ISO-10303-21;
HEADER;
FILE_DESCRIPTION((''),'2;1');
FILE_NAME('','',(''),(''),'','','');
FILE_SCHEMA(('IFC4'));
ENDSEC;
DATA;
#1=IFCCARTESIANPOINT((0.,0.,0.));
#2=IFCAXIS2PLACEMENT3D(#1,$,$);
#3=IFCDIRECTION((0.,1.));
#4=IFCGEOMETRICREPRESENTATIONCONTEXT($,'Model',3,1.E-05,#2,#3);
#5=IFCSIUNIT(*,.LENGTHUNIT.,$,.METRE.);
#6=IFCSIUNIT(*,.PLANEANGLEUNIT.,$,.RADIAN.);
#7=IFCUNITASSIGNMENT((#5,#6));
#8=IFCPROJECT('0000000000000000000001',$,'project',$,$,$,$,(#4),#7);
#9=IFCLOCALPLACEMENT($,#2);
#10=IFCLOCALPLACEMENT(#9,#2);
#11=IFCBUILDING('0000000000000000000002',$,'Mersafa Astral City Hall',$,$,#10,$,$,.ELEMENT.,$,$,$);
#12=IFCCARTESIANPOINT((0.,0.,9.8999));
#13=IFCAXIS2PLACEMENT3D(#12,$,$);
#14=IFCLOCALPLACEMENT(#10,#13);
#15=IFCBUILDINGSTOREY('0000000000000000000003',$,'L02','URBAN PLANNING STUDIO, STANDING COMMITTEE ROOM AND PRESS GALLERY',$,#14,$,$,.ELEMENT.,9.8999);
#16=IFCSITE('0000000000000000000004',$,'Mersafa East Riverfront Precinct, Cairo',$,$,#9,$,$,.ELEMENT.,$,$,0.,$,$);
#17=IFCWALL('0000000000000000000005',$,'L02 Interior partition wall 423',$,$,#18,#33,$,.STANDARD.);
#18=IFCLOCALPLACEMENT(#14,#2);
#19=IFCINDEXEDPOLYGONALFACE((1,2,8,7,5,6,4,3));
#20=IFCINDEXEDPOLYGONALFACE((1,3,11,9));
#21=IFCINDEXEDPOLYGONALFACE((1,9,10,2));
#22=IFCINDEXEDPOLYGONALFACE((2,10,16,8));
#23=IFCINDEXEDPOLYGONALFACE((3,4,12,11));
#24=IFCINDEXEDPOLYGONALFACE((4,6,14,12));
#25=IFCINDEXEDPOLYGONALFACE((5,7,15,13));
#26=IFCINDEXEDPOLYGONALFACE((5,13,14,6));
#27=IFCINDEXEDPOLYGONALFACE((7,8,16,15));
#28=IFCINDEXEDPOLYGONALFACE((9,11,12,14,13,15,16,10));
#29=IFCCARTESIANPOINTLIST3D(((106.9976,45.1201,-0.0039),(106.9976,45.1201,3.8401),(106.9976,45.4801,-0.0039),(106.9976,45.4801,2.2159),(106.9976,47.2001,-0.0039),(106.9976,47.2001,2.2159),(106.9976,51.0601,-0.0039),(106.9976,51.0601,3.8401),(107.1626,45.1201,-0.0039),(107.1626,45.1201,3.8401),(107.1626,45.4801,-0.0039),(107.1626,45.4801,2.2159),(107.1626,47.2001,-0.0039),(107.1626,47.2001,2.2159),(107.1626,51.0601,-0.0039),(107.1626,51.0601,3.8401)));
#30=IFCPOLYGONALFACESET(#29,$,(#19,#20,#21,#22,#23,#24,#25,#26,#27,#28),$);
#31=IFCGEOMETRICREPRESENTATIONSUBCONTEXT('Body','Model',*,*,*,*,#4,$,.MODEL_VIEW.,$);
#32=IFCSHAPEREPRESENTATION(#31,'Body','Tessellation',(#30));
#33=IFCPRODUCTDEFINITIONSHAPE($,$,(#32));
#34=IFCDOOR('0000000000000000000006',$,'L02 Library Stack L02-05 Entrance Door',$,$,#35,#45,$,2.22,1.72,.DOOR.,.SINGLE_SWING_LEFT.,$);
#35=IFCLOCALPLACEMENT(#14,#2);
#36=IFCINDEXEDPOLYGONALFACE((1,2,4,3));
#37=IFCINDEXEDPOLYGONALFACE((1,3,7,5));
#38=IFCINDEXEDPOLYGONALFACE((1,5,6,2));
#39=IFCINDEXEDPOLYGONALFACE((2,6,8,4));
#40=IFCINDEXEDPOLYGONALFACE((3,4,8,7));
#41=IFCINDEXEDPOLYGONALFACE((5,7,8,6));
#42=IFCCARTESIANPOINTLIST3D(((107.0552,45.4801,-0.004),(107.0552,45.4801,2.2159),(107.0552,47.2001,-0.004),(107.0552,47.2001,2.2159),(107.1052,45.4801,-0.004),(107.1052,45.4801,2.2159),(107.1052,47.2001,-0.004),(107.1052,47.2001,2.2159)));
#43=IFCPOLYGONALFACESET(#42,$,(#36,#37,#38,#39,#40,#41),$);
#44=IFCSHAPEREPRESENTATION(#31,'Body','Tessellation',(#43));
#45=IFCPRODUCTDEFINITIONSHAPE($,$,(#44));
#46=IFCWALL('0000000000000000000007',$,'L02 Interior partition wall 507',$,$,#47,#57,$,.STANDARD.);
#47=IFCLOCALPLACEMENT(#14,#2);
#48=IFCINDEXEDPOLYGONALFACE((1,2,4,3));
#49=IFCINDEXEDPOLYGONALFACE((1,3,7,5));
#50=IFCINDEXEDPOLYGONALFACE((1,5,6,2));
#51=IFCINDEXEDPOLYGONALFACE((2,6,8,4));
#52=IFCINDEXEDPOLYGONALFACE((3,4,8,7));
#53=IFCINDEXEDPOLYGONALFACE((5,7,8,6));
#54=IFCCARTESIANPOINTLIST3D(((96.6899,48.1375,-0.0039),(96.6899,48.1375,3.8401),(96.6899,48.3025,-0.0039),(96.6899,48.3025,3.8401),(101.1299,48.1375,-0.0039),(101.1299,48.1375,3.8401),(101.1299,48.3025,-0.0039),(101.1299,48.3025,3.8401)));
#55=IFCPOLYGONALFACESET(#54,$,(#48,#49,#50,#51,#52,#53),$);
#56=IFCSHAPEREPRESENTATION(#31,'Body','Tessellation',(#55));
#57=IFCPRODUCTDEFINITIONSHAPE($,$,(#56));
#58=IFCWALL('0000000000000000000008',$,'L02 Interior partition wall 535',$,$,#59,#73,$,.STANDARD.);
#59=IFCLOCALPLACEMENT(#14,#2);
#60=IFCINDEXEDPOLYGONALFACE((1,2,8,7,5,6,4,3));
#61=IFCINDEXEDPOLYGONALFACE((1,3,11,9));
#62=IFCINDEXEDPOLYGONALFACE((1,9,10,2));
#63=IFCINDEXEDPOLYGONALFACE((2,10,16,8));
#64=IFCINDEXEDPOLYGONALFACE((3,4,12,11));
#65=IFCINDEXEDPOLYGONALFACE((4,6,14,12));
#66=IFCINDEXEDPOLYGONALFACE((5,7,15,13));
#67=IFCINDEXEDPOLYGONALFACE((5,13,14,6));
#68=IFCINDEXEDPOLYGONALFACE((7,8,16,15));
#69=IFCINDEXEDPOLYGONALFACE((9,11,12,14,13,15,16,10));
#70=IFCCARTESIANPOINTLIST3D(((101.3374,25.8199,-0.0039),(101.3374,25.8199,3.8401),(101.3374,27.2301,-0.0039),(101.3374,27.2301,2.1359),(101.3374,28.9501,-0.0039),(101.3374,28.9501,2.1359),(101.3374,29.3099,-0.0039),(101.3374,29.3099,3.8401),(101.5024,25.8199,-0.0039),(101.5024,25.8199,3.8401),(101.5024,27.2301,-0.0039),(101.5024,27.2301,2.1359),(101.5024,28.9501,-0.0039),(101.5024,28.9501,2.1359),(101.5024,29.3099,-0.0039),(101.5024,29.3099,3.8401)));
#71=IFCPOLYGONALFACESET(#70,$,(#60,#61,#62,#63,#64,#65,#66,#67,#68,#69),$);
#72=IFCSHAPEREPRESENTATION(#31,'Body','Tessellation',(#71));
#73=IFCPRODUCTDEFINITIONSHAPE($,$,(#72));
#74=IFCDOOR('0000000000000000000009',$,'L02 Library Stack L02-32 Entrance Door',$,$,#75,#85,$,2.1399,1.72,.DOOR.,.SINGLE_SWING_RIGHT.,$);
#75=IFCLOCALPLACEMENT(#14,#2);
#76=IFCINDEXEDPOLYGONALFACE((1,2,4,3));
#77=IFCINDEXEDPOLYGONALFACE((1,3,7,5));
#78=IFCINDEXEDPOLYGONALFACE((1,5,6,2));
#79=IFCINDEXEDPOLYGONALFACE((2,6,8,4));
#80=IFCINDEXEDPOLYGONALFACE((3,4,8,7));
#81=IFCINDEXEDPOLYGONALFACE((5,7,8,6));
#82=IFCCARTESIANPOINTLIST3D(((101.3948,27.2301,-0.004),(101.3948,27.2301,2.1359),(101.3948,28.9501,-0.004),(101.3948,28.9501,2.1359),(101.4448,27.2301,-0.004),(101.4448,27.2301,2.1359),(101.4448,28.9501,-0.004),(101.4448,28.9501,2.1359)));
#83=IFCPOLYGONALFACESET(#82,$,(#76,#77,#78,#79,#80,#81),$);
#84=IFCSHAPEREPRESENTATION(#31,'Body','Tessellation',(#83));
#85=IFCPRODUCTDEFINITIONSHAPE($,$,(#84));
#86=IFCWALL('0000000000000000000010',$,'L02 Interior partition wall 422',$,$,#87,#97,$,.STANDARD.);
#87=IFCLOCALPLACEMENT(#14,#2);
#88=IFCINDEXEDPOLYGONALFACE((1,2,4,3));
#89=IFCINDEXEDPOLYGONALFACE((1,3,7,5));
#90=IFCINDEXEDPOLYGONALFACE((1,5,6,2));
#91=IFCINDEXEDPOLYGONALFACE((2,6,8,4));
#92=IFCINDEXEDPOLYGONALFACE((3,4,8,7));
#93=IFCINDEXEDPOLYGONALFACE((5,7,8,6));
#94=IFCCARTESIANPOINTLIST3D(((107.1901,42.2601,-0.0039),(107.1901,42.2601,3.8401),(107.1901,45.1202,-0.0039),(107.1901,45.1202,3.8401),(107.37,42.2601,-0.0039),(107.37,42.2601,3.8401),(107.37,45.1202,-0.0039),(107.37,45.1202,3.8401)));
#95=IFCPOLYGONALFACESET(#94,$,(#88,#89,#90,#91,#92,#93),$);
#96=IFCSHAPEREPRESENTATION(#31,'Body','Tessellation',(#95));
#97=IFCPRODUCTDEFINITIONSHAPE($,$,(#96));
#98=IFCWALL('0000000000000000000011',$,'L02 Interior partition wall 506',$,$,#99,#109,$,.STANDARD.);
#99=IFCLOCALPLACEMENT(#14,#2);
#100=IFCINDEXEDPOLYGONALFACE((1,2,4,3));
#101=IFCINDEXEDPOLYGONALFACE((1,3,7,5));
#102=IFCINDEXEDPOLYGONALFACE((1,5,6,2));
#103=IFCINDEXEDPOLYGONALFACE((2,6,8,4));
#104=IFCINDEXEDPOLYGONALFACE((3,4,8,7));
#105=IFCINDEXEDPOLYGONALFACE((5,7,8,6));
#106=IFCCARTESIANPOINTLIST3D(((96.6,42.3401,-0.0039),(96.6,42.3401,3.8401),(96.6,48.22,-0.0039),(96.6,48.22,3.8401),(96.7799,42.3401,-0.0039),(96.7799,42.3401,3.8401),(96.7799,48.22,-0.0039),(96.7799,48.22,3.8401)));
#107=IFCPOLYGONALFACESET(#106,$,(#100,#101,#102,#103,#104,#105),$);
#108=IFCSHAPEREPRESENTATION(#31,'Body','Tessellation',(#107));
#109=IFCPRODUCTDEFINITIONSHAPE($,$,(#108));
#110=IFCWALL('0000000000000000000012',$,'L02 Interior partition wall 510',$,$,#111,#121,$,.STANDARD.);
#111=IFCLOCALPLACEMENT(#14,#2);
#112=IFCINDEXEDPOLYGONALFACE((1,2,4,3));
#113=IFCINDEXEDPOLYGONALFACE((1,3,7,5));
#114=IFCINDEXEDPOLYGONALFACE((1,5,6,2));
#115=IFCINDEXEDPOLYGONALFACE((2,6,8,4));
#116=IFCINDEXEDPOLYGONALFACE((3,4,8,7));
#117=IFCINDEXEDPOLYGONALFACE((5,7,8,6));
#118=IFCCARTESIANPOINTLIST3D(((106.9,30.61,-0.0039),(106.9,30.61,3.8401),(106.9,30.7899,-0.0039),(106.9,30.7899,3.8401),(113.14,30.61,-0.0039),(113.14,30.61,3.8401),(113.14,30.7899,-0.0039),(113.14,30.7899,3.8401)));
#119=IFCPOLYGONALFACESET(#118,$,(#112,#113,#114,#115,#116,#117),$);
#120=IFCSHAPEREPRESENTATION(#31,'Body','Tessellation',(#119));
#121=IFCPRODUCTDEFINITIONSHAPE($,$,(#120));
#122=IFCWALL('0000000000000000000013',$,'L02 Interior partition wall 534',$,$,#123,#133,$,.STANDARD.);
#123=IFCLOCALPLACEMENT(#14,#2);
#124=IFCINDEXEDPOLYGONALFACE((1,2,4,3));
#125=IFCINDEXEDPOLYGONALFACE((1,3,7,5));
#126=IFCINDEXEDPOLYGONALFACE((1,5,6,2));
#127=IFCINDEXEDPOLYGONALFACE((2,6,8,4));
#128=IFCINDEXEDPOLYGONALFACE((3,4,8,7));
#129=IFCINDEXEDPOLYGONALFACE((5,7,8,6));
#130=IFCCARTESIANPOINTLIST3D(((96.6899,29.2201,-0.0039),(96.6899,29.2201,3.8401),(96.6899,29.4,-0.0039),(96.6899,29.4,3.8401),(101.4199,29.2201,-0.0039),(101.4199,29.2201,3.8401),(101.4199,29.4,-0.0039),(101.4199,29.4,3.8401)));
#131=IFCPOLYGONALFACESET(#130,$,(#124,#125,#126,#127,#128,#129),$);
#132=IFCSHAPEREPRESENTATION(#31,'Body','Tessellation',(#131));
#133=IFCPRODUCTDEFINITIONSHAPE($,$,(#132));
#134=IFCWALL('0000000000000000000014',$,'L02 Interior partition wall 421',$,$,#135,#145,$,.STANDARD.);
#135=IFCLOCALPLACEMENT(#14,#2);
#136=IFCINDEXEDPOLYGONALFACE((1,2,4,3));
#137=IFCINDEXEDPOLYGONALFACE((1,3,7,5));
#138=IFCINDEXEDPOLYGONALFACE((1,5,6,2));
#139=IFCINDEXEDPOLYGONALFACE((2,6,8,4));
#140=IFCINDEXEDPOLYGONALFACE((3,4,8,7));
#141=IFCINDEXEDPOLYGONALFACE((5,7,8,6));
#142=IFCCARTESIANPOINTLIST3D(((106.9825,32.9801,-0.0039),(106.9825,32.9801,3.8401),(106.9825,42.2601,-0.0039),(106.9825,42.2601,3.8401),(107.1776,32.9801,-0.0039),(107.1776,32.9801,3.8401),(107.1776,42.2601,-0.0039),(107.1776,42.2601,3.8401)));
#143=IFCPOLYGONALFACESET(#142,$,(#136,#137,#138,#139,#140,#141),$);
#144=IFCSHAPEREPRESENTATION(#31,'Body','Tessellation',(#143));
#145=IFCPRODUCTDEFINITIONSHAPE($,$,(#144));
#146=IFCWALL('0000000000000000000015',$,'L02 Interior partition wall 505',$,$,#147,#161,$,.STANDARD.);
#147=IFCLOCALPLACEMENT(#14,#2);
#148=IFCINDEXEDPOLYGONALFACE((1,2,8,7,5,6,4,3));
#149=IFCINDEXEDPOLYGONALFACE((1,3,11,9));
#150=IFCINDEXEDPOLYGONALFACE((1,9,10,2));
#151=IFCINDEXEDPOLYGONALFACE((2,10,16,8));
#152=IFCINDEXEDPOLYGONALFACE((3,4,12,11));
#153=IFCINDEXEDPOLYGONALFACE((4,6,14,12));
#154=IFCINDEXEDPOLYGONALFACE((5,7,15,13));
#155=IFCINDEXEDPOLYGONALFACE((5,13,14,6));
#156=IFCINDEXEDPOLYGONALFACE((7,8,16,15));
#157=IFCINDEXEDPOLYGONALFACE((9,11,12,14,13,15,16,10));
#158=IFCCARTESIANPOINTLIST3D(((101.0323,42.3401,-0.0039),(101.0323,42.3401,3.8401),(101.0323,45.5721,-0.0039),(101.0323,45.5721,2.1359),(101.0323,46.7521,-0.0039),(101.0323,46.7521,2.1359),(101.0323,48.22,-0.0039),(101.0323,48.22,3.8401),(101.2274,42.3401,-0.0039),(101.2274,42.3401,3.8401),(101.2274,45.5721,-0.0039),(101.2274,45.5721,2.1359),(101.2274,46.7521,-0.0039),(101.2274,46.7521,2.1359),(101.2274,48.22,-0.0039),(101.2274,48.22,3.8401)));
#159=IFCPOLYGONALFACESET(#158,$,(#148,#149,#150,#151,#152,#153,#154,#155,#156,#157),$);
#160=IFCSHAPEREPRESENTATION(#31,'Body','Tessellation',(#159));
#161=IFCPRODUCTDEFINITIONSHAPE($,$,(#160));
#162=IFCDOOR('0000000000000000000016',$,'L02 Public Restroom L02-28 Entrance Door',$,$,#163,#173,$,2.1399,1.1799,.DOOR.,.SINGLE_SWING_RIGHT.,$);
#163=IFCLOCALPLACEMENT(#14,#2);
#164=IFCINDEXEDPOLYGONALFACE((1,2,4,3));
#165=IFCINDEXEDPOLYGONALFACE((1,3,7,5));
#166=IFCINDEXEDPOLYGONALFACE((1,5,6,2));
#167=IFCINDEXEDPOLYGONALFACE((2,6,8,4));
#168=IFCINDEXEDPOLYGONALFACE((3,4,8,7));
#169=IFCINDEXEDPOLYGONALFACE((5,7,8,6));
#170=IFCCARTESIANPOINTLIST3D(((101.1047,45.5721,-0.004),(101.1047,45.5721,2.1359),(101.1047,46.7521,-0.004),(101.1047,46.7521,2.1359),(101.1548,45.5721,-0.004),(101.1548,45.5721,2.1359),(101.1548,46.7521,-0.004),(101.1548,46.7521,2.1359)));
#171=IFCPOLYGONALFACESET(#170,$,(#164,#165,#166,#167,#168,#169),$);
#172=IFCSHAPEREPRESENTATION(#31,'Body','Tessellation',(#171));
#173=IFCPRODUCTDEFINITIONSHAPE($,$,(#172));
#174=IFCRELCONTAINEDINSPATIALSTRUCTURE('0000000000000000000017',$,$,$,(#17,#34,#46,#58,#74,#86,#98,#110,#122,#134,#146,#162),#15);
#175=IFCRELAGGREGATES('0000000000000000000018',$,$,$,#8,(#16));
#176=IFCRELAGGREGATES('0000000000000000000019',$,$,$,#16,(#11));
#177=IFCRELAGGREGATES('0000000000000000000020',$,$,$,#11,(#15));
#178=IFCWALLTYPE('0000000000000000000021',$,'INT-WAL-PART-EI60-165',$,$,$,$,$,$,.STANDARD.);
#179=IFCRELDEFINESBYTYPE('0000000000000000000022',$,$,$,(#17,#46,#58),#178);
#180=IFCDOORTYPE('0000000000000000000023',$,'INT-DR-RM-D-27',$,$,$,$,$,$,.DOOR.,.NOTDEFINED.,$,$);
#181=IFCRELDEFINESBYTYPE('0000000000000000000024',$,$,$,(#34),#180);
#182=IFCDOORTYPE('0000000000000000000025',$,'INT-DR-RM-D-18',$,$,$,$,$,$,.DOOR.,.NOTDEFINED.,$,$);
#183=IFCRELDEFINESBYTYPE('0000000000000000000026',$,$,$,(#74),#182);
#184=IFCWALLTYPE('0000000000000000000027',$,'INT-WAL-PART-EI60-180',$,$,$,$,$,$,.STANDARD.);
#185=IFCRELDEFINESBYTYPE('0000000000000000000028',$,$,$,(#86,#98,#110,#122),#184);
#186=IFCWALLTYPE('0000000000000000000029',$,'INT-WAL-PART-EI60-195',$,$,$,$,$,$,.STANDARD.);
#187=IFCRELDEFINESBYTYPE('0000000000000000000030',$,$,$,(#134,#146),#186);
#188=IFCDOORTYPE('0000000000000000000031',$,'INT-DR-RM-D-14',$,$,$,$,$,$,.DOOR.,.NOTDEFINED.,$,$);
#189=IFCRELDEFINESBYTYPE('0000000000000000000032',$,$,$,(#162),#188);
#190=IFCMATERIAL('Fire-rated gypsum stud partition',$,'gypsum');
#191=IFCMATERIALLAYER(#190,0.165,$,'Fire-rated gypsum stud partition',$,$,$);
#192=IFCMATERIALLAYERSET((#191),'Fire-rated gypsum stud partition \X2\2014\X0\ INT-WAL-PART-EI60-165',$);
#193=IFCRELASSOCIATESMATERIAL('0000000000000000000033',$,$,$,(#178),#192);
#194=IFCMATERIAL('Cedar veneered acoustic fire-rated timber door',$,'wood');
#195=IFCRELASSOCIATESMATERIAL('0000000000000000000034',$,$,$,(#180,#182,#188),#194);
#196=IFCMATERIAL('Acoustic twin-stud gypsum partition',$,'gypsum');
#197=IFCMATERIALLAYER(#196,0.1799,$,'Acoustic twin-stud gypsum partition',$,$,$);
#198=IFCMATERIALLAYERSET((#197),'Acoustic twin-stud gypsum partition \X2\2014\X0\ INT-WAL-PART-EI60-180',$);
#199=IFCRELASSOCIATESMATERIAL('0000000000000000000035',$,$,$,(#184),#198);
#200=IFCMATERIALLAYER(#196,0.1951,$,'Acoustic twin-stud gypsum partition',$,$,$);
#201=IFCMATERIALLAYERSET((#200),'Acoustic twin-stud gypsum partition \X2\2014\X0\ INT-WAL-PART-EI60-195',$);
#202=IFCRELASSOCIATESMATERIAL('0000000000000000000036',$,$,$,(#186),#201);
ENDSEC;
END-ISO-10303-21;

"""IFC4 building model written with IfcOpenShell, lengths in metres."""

from ifc_helpers import new_model, si_unit, direction, frame, frame_2d, origin, place, context, subcontext, project, spatial, rectangle, extrude, material, layer, layer_set, type_object, element, fill, save


model = new_model("IFC4")

# Units and contexts
model_context = context("Model", 3, precision=1e-05, world=origin(), true_north=direction((0.0, 1.0)))
body_context = subcontext(model_context, "Body", "Model", "MODEL_VIEW")
ifc_project = project(units=[si_unit("LENGTHUNIT", "METRE"), si_unit("PLANEANGLEUNIT", "RADIAN")], contexts=[model_context])

# Site, building, storey
site_placement = place(None, origin())
site = spatial("IfcSite", under=ifc_project, at=site_placement, Name="Mersafa East Riverfront Precinct, Cairo", CompositionType="ELEMENT", RefElevation=0.0)
building_placement = place(site_placement, origin())
building = spatial("IfcBuilding", under=site, at=building_placement, Name="Mersafa Astral City Hall", CompositionType="ELEMENT")
storey_placement = place(building_placement, frame((0.0, 0.0, 9.8999)))
storey = spatial("IfcBuildingStorey", under=building, at=storey_placement, Name="L02", Description="URBAN PLANNING STUDIO, STANDING COMMITTEE ROOM AND PRESS GALLERY", CompositionType="ELEMENT", Elevation=9.8999)

# Wall, opening, door
ifc_material_1 = material(Name="Fire-rated gypsum stud partition", Category="gypsum")
ifc_layer_1 = layer(ifc_material_1, 0.165, Name="Fire-rated gypsum stud partition")
ifc_layer_set_1 = layer_set([ifc_layer_1], Name="Fire-rated gypsum stud partition — INT-WAL-PART-EI60-165")
wall_type_1 = type_object("IfcWallType", Name="INT-WAL-PART-EI60-165", PredefinedType="STANDARD", material=ifc_layer_set_1)
wall_1_placement = place(storey_placement, frame((107.0801, 45.1201, -0.0039), z_axis=(0.0, 0.0, 1.0), x_axis=(0.0, 1.0, 0.0)))
wall_1 = element("IfcWall", 1, at=wall_1_placement, inside=storey, type_object=wall_type_1, Name="L02 Interior partition wall 423", PredefinedType="STANDARD", context=body_context, shape_type="SweptSolid", body=[
    extrude(rectangle(XDim=5.9399, YDim=0.165, at=frame_2d((2.97, 0.0))), origin(), (0.0, 0.0, 1.0), 3.844),
])
opening_1_placement = place(wall_1_placement, frame((0.3601, 0.0, 0.0)))
opening_1 = element("IfcOpeningElement", 2, at=opening_1_placement, cuts=wall_1, PredefinedType="OPENING", context=body_context, shape_type="SweptSolid", body=[
    extrude(rectangle(XDim=1.72, YDim=2.22, at=frame_2d((0.8599, 1.1099))), frame((0.0, 0.0925, 0.0), z_axis=(0.0, -1.0, 0.0), x_axis=(1.0, 0.0, 0.0)), (0.0, 0.0, 1.0), 0.1851),
])
ifc_material_2 = material(Name="Cedar veneered acoustic fire-rated timber door", Category="wood")
door_type_1 = type_object("IfcDoorType", Name="INT-DR-RM-D-27", OperationType="NOTDEFINED", PredefinedType="DOOR", material=ifc_material_2)
door_1_placement = place(opening_1_placement, origin())
door_1 = element("IfcDoor", 3, at=door_1_placement, inside=storey, type_object=door_type_1, Name="L02 Library Stack L02-05 Entrance Door", OperationType="SINGLE_SWING_LEFT", OverallHeight=2.22, OverallWidth=1.72, PredefinedType="DOOR", context=body_context, shape_type="SweptSolid", body=[
    extrude(rectangle(XDim=1.72, YDim=2.22, at=frame_2d((0.8599, 1.1099))), frame((0.0, 0.0249, 0.0), z_axis=(0.0, -1.0, 0.0), x_axis=(1.0, 0.0, 0.0)), (0.0, 0.0, 1.0), 0.05),
])
fill(opening_1, door_1)

# Wall
wall_2_placement = place(storey_placement, frame((96.6899, 48.22, -0.0039), z_axis=(0.0, 0.0, 1.0), x_axis=(1.0, 0.0, 0.0)))
element("IfcWall", 4, at=wall_2_placement, inside=storey, type_object=wall_type_1, Name="L02 Interior partition wall 507", PredefinedType="STANDARD", context=body_context, shape_type="SweptSolid", body=[
    extrude(rectangle(XDim=4.4399, YDim=0.165, at=frame_2d((2.22, 0.0))), origin(), (0.0, 0.0, 1.0), 3.844),
])

# Wall, opening, door
wall_3_placement = place(storey_placement, frame((101.4199, 29.3101, -0.0039), z_axis=(0.0, 0.0, 1.0), x_axis=(0.0, -1.0, 0.0)))
wall_3 = element("IfcWall", 5, at=wall_3_placement, inside=storey, type_object=wall_type_1, Name="L02 Interior partition wall 535", PredefinedType="STANDARD", context=body_context, shape_type="SweptSolid", body=[
    extrude(rectangle(XDim=3.49, YDim=0.165, at=frame_2d((1.7451, 0.0))), origin(), (0.0, 0.0, 1.0), 3.844),
])
opening_2_placement = place(wall_3_placement, frame((0.3601, 0.0, 0.0)))
opening_2 = element("IfcOpeningElement", 6, at=opening_2_placement, cuts=wall_3, PredefinedType="OPENING", context=body_context, shape_type="SweptSolid", body=[
    extrude(rectangle(XDim=1.72, YDim=2.1399, at=frame_2d((0.8599, 1.0698))), frame((0.0, 0.0925, 0.0), z_axis=(0.0, -1.0, 0.0), x_axis=(1.0, 0.0, 0.0)), (0.0, 0.0, 1.0), 0.1851),
])
door_type_2 = type_object("IfcDoorType", Name="INT-DR-RM-D-18", OperationType="NOTDEFINED", PredefinedType="DOOR", material=ifc_material_2)
door_2_placement = place(opening_2_placement, origin())
door_2 = element("IfcDoor", 7, at=door_2_placement, inside=storey, type_object=door_type_2, Name="L02 Library Stack L02-32 Entrance Door", OperationType="SINGLE_SWING_RIGHT", OverallHeight=2.1399, OverallWidth=1.72, PredefinedType="DOOR", context=body_context, shape_type="SweptSolid", body=[
    extrude(rectangle(XDim=1.72, YDim=2.1399, at=frame_2d((0.8599, 1.0698))), frame((0.0, 0.0249, 0.0), z_axis=(0.0, -1.0, 0.0), x_axis=(1.0, 0.0, 0.0)), (0.0, 0.0, 1.0), 0.05),
])
fill(opening_2, door_2)

# Walls
ifc_material_3 = material(Name="Acoustic twin-stud gypsum partition", Category="gypsum")
ifc_layer_2 = layer(ifc_material_3, 0.1799, Name="Acoustic twin-stud gypsum partition")
ifc_layer_set_2 = layer_set([ifc_layer_2], Name="Acoustic twin-stud gypsum partition — INT-WAL-PART-EI60-180")
wall_type_2 = type_object("IfcWallType", Name="INT-WAL-PART-EI60-180", PredefinedType="STANDARD", material=ifc_layer_set_2)
wall_4_placement = place(storey_placement, frame((107.28, 42.26, -0.0039), z_axis=(0.0, 0.0, 1.0), x_axis=(0.0, 1.0, 0.0)))
element("IfcWall", 8, at=wall_4_placement, inside=storey, type_object=wall_type_2, Name="L02 Interior partition wall 422", PredefinedType="STANDARD", context=body_context, shape_type="SweptSolid", body=[
    extrude(rectangle(XDim=2.8601, YDim=0.1799, at=frame_2d((1.4302, 0.0))), origin(), (0.0, 0.0, 1.0), 3.844),
])
wall_5_placement = place(storey_placement, frame((96.6899, 42.3401, -0.0039), z_axis=(0.0, 0.0, 1.0), x_axis=(0.0, 1.0, 0.0)))
element("IfcWall", 9, at=wall_5_placement, inside=storey, type_object=wall_type_2, Name="L02 Interior partition wall 506", PredefinedType="STANDARD", context=body_context, shape_type="SweptSolid", body=[
    extrude(rectangle(XDim=5.8799, YDim=0.1799, at=frame_2d((2.9399, 0.0))), origin(), (0.0, 0.0, 1.0), 3.844),
])
wall_6_placement = place(storey_placement, frame((106.8999, 30.7, -0.0039), z_axis=(0.0, 0.0, 1.0), x_axis=(1.0, 0.0, 0.0)))
element("IfcWall", 10, at=wall_6_placement, inside=storey, type_object=wall_type_2, Name="L02 Interior partition wall 510", PredefinedType="STANDARD", context=body_context, shape_type="SweptSolid", body=[
    extrude(rectangle(XDim=6.24, YDim=0.1799, at=frame_2d((3.1201, 0.0))), origin(), (0.0, 0.0, 1.0), 3.844),
])
wall_7_placement = place(storey_placement, frame((96.6899, 29.3101, -0.0039), z_axis=(0.0, 0.0, 1.0), x_axis=(1.0, 0.0, 0.0)))
element("IfcWall", 11, at=wall_7_placement, inside=storey, type_object=wall_type_2, Name="L02 Interior partition wall 534", PredefinedType="STANDARD", context=body_context, shape_type="SweptSolid", body=[
    extrude(rectangle(XDim=4.73, YDim=0.1799, at=frame_2d((2.365, 0.0))), origin(), (0.0, 0.0, 1.0), 3.844),
])
ifc_layer_3 = layer(ifc_material_3, 0.1951, Name="Acoustic twin-stud gypsum partition")
ifc_layer_set_3 = layer_set([ifc_layer_3], Name="Acoustic twin-stud gypsum partition — INT-WAL-PART-EI60-195")
wall_type_3 = type_object("IfcWallType", Name="INT-WAL-PART-EI60-195", PredefinedType="STANDARD", material=ifc_layer_set_3)
wall_8_placement = place(storey_placement, frame((107.0801, 32.98, -0.0039), z_axis=(0.0, 0.0, 1.0), x_axis=(0.0, 1.0, 0.0)))
element("IfcWall", 12, at=wall_8_placement, inside=storey, type_object=wall_type_3, Name="L02 Interior partition wall 421", PredefinedType="STANDARD", context=body_context, shape_type="SweptSolid", body=[
    extrude(rectangle(XDim=9.28, YDim=0.1951, at=frame_2d((4.6401, 0.0))), origin(), (0.0, 0.0, 1.0), 3.844),
])

# Wall, opening, door
wall_9_placement = place(storey_placement, frame((101.1299, 48.22, -0.0039), z_axis=(0.0, 0.0, 1.0), x_axis=(0.0, -1.0, 0.0)))
wall_9 = element("IfcWall", 13, at=wall_9_placement, inside=storey, type_object=wall_type_3, Name="L02 Interior partition wall 505", PredefinedType="STANDARD", context=body_context, shape_type="SweptSolid", body=[
    extrude(rectangle(XDim=5.8799, YDim=0.1951, at=frame_2d((2.9399, 0.0))), origin(), (0.0, 0.0, 1.0), 3.844),
])
opening_3_placement = place(wall_9_placement, frame((1.468, 0.0, 0.0)))
opening_3 = element("IfcOpeningElement", 14, at=opening_3_placement, cuts=wall_9, PredefinedType="OPENING", context=body_context, shape_type="SweptSolid", body=[
    extrude(rectangle(XDim=1.1799, YDim=2.1399, at=frame_2d((0.5898, 1.0698))), frame((0.0, 0.1074, 0.0), z_axis=(0.0, -1.0, 0.0), x_axis=(1.0, 0.0, 0.0)), (0.0, 0.0, 1.0), 0.2151),
])
door_type_3 = type_object("IfcDoorType", Name="INT-DR-RM-D-14", OperationType="NOTDEFINED", PredefinedType="DOOR", material=ifc_material_2)
door_3_placement = place(opening_3_placement, origin())
door_3 = element("IfcDoor", 15, at=door_3_placement, inside=storey, type_object=door_type_3, Name="L02 Public Restroom L02-28 Entrance Door", OperationType="SINGLE_SWING_RIGHT", OverallHeight=2.1399, OverallWidth=1.1799, PredefinedType="DOOR", context=body_context, shape_type="SweptSolid", body=[
    extrude(rectangle(XDim=1.1799, YDim=2.1399, at=frame_2d((0.5898, 1.0698))), frame((0.0, 0.0249, 0.0), z_axis=(0.0, -1.0, 0.0), x_axis=(1.0, 0.0, 0.0)), (0.0, 0.0, 1.0), 0.05),
])
fill(opening_3, door_3)

save(model, "model.ifc")
